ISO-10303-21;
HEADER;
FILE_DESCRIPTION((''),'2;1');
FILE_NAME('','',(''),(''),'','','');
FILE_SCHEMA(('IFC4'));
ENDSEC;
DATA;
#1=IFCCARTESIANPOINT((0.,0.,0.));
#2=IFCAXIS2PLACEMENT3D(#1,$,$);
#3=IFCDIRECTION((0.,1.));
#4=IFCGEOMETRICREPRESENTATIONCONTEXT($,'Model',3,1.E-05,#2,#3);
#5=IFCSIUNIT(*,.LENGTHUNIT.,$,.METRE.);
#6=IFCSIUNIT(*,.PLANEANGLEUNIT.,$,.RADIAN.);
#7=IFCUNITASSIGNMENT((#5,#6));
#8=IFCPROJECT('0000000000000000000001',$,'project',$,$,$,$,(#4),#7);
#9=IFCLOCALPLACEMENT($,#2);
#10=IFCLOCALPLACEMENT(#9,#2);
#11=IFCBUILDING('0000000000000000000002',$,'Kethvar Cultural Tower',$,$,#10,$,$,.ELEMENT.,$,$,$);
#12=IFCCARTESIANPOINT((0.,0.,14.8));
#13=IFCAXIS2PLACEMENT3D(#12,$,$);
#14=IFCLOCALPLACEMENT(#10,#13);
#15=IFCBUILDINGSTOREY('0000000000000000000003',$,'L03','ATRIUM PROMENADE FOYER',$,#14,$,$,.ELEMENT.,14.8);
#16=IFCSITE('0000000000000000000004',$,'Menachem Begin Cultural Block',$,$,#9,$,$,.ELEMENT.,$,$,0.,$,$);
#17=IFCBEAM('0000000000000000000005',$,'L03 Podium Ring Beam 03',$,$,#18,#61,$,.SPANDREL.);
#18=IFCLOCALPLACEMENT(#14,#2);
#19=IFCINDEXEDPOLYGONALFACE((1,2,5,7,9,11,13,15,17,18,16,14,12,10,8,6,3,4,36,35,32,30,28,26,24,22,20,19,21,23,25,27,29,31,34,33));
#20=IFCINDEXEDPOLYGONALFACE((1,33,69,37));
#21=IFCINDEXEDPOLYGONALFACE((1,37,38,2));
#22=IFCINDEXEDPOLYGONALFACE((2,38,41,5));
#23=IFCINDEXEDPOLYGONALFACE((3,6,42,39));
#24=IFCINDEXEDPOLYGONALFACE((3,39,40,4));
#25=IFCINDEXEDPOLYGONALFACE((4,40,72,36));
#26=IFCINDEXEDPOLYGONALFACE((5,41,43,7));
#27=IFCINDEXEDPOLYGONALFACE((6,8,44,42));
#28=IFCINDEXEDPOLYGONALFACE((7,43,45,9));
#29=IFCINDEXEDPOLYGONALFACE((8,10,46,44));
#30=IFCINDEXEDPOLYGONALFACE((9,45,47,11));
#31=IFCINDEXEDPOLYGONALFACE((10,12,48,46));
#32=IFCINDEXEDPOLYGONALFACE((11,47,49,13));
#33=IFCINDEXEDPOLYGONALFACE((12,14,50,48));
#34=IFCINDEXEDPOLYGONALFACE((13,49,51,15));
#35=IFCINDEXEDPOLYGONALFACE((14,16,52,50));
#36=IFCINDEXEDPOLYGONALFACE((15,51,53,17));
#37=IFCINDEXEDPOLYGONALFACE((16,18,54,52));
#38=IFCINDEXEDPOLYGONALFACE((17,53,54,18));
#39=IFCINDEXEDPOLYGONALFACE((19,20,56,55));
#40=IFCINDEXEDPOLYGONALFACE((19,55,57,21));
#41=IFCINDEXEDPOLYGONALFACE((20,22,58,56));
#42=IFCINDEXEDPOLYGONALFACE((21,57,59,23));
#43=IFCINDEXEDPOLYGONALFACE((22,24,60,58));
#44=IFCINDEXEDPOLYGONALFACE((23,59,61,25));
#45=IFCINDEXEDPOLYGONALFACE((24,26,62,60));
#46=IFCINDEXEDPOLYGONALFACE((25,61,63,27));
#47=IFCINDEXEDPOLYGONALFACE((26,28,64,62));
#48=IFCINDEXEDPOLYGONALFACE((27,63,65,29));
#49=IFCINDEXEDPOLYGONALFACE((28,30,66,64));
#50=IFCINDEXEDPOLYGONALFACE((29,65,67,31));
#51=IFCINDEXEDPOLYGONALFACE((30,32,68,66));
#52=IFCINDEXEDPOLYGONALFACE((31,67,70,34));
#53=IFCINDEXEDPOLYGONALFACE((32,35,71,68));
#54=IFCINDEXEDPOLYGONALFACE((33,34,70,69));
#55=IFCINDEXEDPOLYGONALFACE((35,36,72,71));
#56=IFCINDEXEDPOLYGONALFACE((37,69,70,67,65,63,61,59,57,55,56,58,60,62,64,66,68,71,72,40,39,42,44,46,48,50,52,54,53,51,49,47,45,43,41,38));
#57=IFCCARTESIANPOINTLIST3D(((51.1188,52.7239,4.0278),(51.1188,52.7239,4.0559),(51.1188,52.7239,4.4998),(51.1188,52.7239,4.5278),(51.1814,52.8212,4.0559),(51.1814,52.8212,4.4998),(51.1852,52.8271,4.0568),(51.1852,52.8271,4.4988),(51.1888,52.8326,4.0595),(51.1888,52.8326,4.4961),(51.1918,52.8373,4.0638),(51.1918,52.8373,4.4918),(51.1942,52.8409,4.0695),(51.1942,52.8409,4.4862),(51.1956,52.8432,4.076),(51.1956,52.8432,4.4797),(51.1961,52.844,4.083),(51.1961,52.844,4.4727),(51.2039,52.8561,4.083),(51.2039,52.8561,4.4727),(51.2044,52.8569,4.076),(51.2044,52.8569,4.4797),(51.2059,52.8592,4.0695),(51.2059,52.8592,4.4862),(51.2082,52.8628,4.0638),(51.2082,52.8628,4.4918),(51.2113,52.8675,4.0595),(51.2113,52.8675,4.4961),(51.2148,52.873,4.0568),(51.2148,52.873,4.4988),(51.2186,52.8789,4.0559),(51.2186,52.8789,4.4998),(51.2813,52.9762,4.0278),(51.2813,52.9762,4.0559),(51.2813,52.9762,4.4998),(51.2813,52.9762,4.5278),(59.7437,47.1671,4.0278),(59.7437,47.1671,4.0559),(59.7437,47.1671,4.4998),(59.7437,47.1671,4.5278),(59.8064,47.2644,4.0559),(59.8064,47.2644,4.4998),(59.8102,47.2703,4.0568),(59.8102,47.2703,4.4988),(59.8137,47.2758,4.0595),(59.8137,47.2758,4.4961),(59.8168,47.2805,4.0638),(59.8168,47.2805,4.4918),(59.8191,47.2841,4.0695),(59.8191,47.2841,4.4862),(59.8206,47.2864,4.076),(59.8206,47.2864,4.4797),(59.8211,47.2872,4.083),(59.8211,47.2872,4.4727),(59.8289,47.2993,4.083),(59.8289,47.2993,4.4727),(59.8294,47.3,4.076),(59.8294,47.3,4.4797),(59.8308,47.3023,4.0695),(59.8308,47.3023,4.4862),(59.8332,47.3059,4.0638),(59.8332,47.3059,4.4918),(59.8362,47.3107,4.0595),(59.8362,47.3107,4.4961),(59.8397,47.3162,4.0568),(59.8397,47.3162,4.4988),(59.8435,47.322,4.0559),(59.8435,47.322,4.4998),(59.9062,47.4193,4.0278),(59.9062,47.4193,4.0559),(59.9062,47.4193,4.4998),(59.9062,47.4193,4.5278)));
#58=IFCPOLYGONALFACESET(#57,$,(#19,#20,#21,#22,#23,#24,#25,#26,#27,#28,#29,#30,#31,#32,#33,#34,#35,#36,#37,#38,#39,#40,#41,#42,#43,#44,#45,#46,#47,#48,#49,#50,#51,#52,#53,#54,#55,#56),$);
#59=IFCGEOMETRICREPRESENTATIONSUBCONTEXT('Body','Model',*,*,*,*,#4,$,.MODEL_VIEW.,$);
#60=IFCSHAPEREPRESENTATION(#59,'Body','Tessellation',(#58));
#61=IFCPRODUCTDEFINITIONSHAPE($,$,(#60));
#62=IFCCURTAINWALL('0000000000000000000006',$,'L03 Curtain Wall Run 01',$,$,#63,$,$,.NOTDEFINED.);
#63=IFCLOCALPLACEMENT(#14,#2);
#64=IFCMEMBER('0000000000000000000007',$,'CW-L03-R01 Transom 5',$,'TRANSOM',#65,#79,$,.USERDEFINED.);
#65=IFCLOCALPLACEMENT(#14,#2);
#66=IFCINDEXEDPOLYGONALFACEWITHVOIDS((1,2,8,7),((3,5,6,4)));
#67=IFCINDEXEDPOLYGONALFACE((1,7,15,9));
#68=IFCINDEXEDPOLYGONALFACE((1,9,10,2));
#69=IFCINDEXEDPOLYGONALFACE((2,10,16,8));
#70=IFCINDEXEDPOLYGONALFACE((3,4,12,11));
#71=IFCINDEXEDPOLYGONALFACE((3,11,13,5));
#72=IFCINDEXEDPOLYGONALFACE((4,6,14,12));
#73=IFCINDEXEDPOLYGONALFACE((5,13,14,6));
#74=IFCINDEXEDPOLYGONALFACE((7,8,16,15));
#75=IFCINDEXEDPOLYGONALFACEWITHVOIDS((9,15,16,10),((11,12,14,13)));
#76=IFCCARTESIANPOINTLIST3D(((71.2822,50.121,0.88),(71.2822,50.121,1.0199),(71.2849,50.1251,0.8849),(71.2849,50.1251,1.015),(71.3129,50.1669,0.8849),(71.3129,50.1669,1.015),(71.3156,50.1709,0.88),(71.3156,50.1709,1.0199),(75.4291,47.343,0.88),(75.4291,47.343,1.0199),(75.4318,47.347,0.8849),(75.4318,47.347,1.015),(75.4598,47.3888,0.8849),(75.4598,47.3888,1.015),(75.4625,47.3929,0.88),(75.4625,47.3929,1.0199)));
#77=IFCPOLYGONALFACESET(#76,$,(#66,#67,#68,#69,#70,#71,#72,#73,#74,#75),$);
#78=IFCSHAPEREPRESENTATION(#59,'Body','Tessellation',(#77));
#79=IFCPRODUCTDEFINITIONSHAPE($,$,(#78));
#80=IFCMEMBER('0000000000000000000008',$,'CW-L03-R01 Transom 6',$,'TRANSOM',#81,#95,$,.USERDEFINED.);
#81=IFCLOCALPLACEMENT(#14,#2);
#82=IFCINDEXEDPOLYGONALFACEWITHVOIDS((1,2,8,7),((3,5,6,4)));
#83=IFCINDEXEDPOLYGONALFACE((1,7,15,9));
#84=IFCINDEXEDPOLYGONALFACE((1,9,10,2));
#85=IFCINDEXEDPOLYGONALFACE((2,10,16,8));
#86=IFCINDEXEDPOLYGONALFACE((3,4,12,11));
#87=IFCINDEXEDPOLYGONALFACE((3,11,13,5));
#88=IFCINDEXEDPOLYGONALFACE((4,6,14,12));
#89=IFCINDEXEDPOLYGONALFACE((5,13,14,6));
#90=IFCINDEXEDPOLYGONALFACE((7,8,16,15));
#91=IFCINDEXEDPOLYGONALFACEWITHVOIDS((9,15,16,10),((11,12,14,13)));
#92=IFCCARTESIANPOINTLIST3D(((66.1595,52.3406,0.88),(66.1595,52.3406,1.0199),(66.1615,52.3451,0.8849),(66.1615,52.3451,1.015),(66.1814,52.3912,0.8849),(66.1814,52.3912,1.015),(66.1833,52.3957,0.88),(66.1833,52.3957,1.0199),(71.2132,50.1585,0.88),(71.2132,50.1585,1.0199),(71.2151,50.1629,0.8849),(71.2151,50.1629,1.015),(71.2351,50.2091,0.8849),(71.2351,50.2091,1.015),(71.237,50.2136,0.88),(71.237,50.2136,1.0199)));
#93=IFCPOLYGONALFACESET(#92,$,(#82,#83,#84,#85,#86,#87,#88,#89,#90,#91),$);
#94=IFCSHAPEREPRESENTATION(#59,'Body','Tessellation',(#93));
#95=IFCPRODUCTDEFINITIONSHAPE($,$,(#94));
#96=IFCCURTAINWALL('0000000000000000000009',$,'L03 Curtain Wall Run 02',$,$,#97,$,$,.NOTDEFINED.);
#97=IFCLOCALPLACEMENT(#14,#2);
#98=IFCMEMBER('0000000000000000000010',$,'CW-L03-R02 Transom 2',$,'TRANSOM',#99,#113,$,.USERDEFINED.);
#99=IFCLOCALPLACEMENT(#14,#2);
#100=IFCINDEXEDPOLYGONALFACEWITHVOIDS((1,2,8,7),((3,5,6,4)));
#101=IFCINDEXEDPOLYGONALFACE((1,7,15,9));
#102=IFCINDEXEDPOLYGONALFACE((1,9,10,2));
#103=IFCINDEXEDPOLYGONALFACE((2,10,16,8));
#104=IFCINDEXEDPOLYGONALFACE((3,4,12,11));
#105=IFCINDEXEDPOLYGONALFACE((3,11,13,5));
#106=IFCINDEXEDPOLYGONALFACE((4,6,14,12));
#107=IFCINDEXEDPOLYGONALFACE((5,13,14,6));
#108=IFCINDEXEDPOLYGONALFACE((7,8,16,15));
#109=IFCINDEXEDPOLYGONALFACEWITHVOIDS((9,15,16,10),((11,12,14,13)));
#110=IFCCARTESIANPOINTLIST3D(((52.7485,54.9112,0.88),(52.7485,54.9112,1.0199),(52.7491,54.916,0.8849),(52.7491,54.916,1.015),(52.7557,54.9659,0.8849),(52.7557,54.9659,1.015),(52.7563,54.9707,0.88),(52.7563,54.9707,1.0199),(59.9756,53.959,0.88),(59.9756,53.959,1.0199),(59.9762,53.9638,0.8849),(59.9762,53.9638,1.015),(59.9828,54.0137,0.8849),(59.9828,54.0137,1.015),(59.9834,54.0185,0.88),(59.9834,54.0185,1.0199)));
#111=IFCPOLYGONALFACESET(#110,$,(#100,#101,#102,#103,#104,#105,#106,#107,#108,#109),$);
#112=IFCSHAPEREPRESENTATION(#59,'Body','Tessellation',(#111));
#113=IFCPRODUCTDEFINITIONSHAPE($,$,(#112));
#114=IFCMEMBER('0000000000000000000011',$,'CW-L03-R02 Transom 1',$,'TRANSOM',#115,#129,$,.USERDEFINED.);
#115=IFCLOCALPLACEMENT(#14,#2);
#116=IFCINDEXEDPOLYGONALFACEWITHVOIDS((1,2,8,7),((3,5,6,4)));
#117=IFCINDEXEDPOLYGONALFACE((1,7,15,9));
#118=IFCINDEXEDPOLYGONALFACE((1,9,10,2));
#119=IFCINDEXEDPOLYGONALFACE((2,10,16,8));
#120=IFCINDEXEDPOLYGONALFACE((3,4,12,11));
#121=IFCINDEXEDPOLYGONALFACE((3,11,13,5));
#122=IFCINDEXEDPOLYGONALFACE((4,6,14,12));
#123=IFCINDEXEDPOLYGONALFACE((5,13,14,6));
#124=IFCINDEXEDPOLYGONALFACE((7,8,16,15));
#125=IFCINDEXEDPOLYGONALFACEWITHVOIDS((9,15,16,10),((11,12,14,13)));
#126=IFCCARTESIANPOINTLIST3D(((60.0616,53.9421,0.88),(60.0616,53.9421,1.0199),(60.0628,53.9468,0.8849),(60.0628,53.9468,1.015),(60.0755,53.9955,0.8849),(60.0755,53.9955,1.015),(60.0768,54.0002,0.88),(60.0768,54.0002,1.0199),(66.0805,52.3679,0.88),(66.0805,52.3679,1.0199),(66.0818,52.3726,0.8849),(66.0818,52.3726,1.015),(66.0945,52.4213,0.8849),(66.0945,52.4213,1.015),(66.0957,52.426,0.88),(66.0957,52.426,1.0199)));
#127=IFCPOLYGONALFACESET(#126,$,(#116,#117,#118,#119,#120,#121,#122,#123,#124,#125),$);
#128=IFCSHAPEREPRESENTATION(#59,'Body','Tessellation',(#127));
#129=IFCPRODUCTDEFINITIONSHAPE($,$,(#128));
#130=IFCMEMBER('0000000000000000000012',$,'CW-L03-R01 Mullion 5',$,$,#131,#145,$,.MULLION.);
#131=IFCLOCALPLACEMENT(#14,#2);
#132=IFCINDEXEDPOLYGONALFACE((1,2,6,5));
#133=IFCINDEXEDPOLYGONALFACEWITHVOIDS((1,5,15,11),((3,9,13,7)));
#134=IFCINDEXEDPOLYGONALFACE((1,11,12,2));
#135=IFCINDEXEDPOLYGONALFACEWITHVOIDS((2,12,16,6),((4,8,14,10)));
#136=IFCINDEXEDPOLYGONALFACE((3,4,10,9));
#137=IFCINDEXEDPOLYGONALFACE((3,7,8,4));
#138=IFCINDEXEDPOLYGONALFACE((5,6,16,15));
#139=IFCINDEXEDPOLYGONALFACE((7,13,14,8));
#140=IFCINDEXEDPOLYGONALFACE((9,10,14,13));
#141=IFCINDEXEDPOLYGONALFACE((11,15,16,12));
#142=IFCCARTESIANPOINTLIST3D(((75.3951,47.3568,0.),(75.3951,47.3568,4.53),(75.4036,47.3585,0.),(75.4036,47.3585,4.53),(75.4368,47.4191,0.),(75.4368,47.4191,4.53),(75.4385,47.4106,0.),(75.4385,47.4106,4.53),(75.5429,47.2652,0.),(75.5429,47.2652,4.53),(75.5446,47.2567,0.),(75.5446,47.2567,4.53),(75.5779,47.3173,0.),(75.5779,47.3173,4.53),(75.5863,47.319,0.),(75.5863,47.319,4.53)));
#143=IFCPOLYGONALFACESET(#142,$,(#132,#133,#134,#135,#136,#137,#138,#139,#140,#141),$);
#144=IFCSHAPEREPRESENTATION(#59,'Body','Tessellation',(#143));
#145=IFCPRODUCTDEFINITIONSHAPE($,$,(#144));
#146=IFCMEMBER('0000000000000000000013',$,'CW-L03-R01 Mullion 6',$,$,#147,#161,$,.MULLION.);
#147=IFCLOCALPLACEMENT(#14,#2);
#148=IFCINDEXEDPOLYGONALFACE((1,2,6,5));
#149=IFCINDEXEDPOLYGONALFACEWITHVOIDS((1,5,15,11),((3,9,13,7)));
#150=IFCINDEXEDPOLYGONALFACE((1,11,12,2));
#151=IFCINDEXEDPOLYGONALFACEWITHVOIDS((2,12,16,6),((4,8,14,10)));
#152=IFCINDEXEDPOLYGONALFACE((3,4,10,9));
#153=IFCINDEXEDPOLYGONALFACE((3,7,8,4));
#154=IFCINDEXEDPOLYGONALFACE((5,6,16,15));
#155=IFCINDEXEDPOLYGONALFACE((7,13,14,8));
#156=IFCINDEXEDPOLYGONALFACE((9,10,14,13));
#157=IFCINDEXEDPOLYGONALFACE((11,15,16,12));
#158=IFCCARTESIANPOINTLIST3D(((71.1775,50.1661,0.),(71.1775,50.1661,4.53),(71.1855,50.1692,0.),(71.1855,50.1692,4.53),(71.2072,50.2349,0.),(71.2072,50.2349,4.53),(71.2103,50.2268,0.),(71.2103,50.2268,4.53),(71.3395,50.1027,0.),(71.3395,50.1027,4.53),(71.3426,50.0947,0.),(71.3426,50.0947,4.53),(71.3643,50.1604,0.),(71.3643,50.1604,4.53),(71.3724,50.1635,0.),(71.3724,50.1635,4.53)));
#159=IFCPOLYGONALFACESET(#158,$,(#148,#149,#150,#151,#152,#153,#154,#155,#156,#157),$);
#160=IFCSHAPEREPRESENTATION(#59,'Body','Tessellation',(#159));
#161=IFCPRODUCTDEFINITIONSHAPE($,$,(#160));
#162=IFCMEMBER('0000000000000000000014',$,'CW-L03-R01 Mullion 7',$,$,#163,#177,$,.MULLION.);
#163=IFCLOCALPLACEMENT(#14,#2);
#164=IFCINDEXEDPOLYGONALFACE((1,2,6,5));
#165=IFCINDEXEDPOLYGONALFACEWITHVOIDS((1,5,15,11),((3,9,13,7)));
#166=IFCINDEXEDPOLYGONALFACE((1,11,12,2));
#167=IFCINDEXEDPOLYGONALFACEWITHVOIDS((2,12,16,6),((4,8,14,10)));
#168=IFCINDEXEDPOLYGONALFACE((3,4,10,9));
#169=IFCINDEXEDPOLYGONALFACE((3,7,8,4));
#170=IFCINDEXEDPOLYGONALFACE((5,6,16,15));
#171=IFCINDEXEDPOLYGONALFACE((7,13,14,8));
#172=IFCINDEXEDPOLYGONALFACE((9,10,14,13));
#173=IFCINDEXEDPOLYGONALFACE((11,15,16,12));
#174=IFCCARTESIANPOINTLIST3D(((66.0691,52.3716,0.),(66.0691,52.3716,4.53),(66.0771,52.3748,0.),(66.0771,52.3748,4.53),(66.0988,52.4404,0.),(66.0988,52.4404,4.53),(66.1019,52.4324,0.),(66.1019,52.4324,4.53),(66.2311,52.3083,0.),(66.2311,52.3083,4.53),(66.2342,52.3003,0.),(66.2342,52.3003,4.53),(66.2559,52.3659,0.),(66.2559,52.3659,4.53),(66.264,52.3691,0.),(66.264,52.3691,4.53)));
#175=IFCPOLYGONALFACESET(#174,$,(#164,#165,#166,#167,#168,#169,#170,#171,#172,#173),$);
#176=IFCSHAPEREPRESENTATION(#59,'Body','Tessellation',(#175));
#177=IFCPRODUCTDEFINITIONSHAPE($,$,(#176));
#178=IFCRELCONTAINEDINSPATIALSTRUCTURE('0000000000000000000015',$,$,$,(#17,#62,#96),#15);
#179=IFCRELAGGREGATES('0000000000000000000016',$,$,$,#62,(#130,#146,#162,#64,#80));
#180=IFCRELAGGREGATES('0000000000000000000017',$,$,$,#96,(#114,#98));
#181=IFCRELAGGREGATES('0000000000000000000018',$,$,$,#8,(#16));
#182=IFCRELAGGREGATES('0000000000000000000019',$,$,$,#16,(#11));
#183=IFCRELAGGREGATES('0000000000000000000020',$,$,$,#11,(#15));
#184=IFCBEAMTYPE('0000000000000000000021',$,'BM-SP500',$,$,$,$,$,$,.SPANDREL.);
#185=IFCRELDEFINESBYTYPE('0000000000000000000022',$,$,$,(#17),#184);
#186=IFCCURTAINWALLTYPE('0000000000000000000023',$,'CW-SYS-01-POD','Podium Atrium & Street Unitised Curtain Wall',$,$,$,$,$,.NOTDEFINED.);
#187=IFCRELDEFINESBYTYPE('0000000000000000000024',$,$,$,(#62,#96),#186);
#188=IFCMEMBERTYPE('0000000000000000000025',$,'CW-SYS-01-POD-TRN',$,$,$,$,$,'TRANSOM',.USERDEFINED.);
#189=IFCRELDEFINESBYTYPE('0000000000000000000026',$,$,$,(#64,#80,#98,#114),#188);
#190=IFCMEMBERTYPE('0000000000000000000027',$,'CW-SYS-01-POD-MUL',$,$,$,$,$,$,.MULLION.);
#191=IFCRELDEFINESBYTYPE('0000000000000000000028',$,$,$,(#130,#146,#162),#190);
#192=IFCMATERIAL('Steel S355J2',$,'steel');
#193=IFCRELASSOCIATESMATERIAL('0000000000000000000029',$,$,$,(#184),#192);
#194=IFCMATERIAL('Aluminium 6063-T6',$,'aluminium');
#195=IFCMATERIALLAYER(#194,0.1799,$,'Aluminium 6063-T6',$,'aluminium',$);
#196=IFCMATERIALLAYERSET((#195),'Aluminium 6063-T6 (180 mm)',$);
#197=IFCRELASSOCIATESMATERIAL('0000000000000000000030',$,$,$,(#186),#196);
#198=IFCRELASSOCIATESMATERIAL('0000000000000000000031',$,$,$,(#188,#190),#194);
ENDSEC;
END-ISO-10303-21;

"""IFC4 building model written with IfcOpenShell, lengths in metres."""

from ifc_helpers import new_model, si_unit, direction, frame, origin, origin_2d, place, context, subcontext, project, spatial, hollow_rectangle, i_section, extrude, source, transform, mapped, material, layer, layer_set, material_profile, profile_set, type_object, element, aggregate, save


model = new_model("IFC4")

# Units and contexts
model_context = context("Model", 3, precision=1e-05, world=origin(), true_north=direction((0.0, 1.0)))
body_context = subcontext(model_context, "Body", "Model", "MODEL_VIEW")
ifc_project = project(units=[si_unit("LENGTHUNIT", "METRE"), si_unit("PLANEANGLEUNIT", "RADIAN")], contexts=[model_context])

# Site, building, storey
site_placement = place(None, origin())
site = spatial("IfcSite", under=ifc_project, at=site_placement, Name="Menachem Begin Cultural Block", CompositionType="ELEMENT", RefElevation=0.0)
building_placement = place(site_placement, origin())
building = spatial("IfcBuilding", under=site, at=building_placement, Name="Kethvar Cultural Tower", CompositionType="ELEMENT")
storey_placement = place(building_placement, frame((0.0, 0.0, 14.8)))
storey = spatial("IfcBuildingStorey", under=building, at=storey_placement, Name="L03", Description="ATRIUM PROMENADE FOYER", CompositionType="ELEMENT", Elevation=14.8)

# Beam
ifc_material_1 = material(Name="Steel S355J2", Category="steel")
ifc_material_profile_1 = material_profile(ifc_material_1, i_section(OverallWidth=0.3, OverallDepth=0.5, WebThickness=0.0144, FlangeThickness=0.0281, FilletRadius=0.0271, at=origin_2d()), Name="Steel S355J2 — HEB500")
ifc_profile_set_1 = profile_set([ifc_material_profile_1], Name="Steel S355J2 — HEB500")
beam_type = type_object("IfcBeamType", Name="BM-SP500", PredefinedType="SPANDREL", material=ifc_profile_set_1)
shared_shape_1 = source(origin(), body_context, "Body", "SweptSolid", [
    extrude(i_section(OverallWidth=0.3, OverallDepth=0.5, WebThickness=0.0144, FlangeThickness=0.0281, FilletRadius=0.0271, at=origin_2d()), origin(), (0.0, 0.0, 1.0), 10.26),
])
beam_placement = place(storey_placement, frame((59.825, 47.2932, 4.2778), z_axis=(-0.840635, 0.541602, 0.0), x_axis=(-0.541602, -0.840635, 0.0)))
element("IfcBeam", 1, at=beam_placement, inside=storey, type_object=beam_type, Name="L03 Podium Ring Beam 03", PredefinedType="SPANDREL", context=body_context, shape_type="MappedRepresentation", body=[
    mapped(shared_shape_1, transform((0.0, 0.0, 0.0), scale=1.0)),
])

# Curtain walls, members
ifc_material_2 = material(Name="Aluminium 6063-T6", Category="aluminium")
ifc_layer_1 = layer(ifc_material_2, 0.1799, Name="Aluminium 6063-T6", Category="aluminium")
ifc_layer_set_1 = layer_set([ifc_layer_1], Name="Aluminium 6063-T6 (180 mm)")
curtain_wall_type = type_object("IfcCurtainWallType", Name="CW-SYS-01-POD", Description="Podium Atrium & Street Unitised Curtain Wall", PredefinedType="NOTDEFINED", material=ifc_layer_set_1)
curtain_wall_1_placement = place(storey_placement, origin())
curtain_wall_1 = element("IfcCurtainWall", 2, at=curtain_wall_1_placement, inside=storey, type_object=curtain_wall_type, Name="L03 Curtain Wall Run 01", PredefinedType="NOTDEFINED")
ifc_material_profile_2 = material_profile(ifc_material_2, hollow_rectangle(XDim=0.0601, YDim=0.1399, WallThickness=0.0049, at=origin_2d()), Name="Aluminium 6063-T6 — RHS140x60x5")
ifc_profile_set_2 = profile_set([ifc_material_profile_2], Name="Aluminium 6063-T6 — RHS140x60x5")
member_type_1 = type_object("IfcMemberType", Name="CW-SYS-01-POD-TRN", ElementType="TRANSOM", PredefinedType="USERDEFINED", material=ifc_profile_set_2)
shared_shape_2 = source(origin(), body_context, "Body", "SweptSolid", [
    extrude(hollow_rectangle(XDim=0.0601, YDim=0.1399, WallThickness=0.0049, at=origin_2d()), origin(), (0.0, 0.0, 1.0), 4.9915),
])
member_1_placement = place(storey_placement, frame((75.4458, 47.3679, 0.95), z_axis=(-0.830807, 0.556561, 0.0), x_axis=(-0.556561, -0.830807, 0.0)))
member_1 = element("IfcMember", 3, at=member_1_placement, type_object=member_type_1, Name="CW-L03-R01 Transom 5", ObjectType="TRANSOM", PredefinedType="USERDEFINED", context=body_context, shape_type="MappedRepresentation", body=[
    mapped(shared_shape_2, transform((0.0, 0.0, 0.0), scale=1.0)),
])
shared_shape_3 = source(origin(), body_context, "Body", "SweptSolid", [
    extrude(hollow_rectangle(XDim=0.0601, YDim=0.1399, WallThickness=0.0049, at=origin_2d()), origin(), (0.0, 0.0, 1.0), 5.5046),
])
member_2_placement = place(storey_placement, frame((71.2251, 50.186, 0.95), z_axis=(-0.918073, 0.396412, 0.0), x_axis=(-0.396412, -0.918073, 0.0)))
member_2 = element("IfcMember", 4, at=member_2_placement, type_object=member_type_1, Name="CW-L03-R01 Transom 6", ObjectType="TRANSOM", PredefinedType="USERDEFINED", context=body_context, shape_type="MappedRepresentation", body=[
    mapped(shared_shape_3, transform((0.0, 0.0, 0.0), scale=1.0)),
])
curtain_wall_2_placement = place(storey_placement, origin())
curtain_wall_2 = element("IfcCurtainWall", 5, at=curtain_wall_2_placement, inside=storey, type_object=curtain_wall_type, Name="L03 Curtain Wall Run 02", PredefinedType="NOTDEFINED")
shared_shape_4 = source(origin(), body_context, "Body", "SweptSolid", [
    extrude(hollow_rectangle(XDim=0.0601, YDim=0.1399, WallThickness=0.0049, at=origin_2d()), origin(), (0.0, 0.0, 1.0), 7.2896),
])
member_3_placement = place(storey_placement, frame((59.9795, 53.9888, 0.95), z_axis=(-0.991433, 0.130619, 0.0), x_axis=(-0.130619, -0.991433, 0.0)))
member_3 = element("IfcMember", 6, at=member_3_placement, type_object=member_type_1, Name="CW-L03-R02 Transom 2", ObjectType="TRANSOM", PredefinedType="USERDEFINED", context=body_context, shape_type="MappedRepresentation", body=[
    mapped(shared_shape_4, transform((0.0, 0.0, 0.0), scale=1.0)),
])
shared_shape_5 = source(origin(), body_context, "Body", "SweptSolid", [
    extrude(hollow_rectangle(XDim=0.0601, YDim=0.1399, WallThickness=0.0049, at=origin_2d()), origin(), (0.0, 0.0, 1.0), 6.2214),
])
member_4_placement = place(storey_placement, frame((66.0881, 52.397, 0.95), z_axis=(-0.967459, 0.253029, 0.0), x_axis=(-0.253029, -0.967459, 0.0)))
member_4 = element("IfcMember", 7, at=member_4_placement, type_object=member_type_1, Name="CW-L03-R02 Transom 1", ObjectType="TRANSOM", PredefinedType="USERDEFINED", context=body_context, shape_type="MappedRepresentation", body=[
    mapped(shared_shape_5, transform((0.0, 0.0, 0.0), scale=1.0)),
])

# Members
ifc_material_profile_3 = material_profile(ifc_material_2, hollow_rectangle(XDim=0.075, YDim=0.1799, WallThickness=0.0061, at=origin_2d()), Name="Aluminium 6063-T6 — RHS180x75x6")
ifc_profile_set_3 = profile_set([ifc_material_profile_3], Name="Aluminium 6063-T6 — RHS180x75x6")
member_type_2 = type_object("IfcMemberType", Name="CW-SYS-01-POD-MUL", PredefinedType="MULLION", material=ifc_profile_set_3)
shared_shape_6 = source(origin(), body_context, "Body", "SweptSolid", [
    extrude(hollow_rectangle(XDim=0.075, YDim=0.1799, WallThickness=0.0061, at=origin_2d()), origin(), (0.0, 0.0, 1.0), 4.53),
])
member_5_placement = place(storey_placement, frame((75.4907, 47.3379, 0.0), z_axis=(0.0, 0.0, 1.0), x_axis=(-0.556557, -0.83081, 0.0)))
member_5 = element("IfcMember", 8, at=member_5_placement, type_object=member_type_2, Name="CW-L03-R01 Mullion 5", PredefinedType="MULLION", context=body_context, shape_type="MappedRepresentation", body=[
    mapped(shared_shape_6, transform((0.0, 0.0, 0.0), scale=1.0)),
])
member_6_placement = place(storey_placement, frame((71.2749, 50.1648, 0.0), z_axis=(0.0, 0.0, 1.0), x_axis=(-0.396411, -0.918073, 0.0)))
member_6 = element("IfcMember", 9, at=member_6_placement, type_object=member_type_2, Name="CW-L03-R01 Mullion 6", PredefinedType="MULLION", context=body_context, shape_type="MappedRepresentation", body=[
    mapped(shared_shape_6, transform((0.0, 0.0, 0.0), scale=1.0)),
])
member_7_placement = place(storey_placement, frame((66.1665, 52.3704, 0.0), z_axis=(0.0, 0.0, 1.0), x_axis=(-0.396411, -0.918073, 0.0)))
member_7 = element("IfcMember", 10, at=member_7_placement, type_object=member_type_2, Name="CW-L03-R01 Mullion 7", PredefinedType="MULLION", context=body_context, shape_type="MappedRepresentation", body=[
    mapped(shared_shape_6, transform((0.0, 0.0, 0.0), scale=1.0)),
])

aggregate(curtain_wall_1, [member_5, member_6, member_7, member_1, member_2])
aggregate(curtain_wall_2, [member_4, member_3])

save(model, "model.ifc")
